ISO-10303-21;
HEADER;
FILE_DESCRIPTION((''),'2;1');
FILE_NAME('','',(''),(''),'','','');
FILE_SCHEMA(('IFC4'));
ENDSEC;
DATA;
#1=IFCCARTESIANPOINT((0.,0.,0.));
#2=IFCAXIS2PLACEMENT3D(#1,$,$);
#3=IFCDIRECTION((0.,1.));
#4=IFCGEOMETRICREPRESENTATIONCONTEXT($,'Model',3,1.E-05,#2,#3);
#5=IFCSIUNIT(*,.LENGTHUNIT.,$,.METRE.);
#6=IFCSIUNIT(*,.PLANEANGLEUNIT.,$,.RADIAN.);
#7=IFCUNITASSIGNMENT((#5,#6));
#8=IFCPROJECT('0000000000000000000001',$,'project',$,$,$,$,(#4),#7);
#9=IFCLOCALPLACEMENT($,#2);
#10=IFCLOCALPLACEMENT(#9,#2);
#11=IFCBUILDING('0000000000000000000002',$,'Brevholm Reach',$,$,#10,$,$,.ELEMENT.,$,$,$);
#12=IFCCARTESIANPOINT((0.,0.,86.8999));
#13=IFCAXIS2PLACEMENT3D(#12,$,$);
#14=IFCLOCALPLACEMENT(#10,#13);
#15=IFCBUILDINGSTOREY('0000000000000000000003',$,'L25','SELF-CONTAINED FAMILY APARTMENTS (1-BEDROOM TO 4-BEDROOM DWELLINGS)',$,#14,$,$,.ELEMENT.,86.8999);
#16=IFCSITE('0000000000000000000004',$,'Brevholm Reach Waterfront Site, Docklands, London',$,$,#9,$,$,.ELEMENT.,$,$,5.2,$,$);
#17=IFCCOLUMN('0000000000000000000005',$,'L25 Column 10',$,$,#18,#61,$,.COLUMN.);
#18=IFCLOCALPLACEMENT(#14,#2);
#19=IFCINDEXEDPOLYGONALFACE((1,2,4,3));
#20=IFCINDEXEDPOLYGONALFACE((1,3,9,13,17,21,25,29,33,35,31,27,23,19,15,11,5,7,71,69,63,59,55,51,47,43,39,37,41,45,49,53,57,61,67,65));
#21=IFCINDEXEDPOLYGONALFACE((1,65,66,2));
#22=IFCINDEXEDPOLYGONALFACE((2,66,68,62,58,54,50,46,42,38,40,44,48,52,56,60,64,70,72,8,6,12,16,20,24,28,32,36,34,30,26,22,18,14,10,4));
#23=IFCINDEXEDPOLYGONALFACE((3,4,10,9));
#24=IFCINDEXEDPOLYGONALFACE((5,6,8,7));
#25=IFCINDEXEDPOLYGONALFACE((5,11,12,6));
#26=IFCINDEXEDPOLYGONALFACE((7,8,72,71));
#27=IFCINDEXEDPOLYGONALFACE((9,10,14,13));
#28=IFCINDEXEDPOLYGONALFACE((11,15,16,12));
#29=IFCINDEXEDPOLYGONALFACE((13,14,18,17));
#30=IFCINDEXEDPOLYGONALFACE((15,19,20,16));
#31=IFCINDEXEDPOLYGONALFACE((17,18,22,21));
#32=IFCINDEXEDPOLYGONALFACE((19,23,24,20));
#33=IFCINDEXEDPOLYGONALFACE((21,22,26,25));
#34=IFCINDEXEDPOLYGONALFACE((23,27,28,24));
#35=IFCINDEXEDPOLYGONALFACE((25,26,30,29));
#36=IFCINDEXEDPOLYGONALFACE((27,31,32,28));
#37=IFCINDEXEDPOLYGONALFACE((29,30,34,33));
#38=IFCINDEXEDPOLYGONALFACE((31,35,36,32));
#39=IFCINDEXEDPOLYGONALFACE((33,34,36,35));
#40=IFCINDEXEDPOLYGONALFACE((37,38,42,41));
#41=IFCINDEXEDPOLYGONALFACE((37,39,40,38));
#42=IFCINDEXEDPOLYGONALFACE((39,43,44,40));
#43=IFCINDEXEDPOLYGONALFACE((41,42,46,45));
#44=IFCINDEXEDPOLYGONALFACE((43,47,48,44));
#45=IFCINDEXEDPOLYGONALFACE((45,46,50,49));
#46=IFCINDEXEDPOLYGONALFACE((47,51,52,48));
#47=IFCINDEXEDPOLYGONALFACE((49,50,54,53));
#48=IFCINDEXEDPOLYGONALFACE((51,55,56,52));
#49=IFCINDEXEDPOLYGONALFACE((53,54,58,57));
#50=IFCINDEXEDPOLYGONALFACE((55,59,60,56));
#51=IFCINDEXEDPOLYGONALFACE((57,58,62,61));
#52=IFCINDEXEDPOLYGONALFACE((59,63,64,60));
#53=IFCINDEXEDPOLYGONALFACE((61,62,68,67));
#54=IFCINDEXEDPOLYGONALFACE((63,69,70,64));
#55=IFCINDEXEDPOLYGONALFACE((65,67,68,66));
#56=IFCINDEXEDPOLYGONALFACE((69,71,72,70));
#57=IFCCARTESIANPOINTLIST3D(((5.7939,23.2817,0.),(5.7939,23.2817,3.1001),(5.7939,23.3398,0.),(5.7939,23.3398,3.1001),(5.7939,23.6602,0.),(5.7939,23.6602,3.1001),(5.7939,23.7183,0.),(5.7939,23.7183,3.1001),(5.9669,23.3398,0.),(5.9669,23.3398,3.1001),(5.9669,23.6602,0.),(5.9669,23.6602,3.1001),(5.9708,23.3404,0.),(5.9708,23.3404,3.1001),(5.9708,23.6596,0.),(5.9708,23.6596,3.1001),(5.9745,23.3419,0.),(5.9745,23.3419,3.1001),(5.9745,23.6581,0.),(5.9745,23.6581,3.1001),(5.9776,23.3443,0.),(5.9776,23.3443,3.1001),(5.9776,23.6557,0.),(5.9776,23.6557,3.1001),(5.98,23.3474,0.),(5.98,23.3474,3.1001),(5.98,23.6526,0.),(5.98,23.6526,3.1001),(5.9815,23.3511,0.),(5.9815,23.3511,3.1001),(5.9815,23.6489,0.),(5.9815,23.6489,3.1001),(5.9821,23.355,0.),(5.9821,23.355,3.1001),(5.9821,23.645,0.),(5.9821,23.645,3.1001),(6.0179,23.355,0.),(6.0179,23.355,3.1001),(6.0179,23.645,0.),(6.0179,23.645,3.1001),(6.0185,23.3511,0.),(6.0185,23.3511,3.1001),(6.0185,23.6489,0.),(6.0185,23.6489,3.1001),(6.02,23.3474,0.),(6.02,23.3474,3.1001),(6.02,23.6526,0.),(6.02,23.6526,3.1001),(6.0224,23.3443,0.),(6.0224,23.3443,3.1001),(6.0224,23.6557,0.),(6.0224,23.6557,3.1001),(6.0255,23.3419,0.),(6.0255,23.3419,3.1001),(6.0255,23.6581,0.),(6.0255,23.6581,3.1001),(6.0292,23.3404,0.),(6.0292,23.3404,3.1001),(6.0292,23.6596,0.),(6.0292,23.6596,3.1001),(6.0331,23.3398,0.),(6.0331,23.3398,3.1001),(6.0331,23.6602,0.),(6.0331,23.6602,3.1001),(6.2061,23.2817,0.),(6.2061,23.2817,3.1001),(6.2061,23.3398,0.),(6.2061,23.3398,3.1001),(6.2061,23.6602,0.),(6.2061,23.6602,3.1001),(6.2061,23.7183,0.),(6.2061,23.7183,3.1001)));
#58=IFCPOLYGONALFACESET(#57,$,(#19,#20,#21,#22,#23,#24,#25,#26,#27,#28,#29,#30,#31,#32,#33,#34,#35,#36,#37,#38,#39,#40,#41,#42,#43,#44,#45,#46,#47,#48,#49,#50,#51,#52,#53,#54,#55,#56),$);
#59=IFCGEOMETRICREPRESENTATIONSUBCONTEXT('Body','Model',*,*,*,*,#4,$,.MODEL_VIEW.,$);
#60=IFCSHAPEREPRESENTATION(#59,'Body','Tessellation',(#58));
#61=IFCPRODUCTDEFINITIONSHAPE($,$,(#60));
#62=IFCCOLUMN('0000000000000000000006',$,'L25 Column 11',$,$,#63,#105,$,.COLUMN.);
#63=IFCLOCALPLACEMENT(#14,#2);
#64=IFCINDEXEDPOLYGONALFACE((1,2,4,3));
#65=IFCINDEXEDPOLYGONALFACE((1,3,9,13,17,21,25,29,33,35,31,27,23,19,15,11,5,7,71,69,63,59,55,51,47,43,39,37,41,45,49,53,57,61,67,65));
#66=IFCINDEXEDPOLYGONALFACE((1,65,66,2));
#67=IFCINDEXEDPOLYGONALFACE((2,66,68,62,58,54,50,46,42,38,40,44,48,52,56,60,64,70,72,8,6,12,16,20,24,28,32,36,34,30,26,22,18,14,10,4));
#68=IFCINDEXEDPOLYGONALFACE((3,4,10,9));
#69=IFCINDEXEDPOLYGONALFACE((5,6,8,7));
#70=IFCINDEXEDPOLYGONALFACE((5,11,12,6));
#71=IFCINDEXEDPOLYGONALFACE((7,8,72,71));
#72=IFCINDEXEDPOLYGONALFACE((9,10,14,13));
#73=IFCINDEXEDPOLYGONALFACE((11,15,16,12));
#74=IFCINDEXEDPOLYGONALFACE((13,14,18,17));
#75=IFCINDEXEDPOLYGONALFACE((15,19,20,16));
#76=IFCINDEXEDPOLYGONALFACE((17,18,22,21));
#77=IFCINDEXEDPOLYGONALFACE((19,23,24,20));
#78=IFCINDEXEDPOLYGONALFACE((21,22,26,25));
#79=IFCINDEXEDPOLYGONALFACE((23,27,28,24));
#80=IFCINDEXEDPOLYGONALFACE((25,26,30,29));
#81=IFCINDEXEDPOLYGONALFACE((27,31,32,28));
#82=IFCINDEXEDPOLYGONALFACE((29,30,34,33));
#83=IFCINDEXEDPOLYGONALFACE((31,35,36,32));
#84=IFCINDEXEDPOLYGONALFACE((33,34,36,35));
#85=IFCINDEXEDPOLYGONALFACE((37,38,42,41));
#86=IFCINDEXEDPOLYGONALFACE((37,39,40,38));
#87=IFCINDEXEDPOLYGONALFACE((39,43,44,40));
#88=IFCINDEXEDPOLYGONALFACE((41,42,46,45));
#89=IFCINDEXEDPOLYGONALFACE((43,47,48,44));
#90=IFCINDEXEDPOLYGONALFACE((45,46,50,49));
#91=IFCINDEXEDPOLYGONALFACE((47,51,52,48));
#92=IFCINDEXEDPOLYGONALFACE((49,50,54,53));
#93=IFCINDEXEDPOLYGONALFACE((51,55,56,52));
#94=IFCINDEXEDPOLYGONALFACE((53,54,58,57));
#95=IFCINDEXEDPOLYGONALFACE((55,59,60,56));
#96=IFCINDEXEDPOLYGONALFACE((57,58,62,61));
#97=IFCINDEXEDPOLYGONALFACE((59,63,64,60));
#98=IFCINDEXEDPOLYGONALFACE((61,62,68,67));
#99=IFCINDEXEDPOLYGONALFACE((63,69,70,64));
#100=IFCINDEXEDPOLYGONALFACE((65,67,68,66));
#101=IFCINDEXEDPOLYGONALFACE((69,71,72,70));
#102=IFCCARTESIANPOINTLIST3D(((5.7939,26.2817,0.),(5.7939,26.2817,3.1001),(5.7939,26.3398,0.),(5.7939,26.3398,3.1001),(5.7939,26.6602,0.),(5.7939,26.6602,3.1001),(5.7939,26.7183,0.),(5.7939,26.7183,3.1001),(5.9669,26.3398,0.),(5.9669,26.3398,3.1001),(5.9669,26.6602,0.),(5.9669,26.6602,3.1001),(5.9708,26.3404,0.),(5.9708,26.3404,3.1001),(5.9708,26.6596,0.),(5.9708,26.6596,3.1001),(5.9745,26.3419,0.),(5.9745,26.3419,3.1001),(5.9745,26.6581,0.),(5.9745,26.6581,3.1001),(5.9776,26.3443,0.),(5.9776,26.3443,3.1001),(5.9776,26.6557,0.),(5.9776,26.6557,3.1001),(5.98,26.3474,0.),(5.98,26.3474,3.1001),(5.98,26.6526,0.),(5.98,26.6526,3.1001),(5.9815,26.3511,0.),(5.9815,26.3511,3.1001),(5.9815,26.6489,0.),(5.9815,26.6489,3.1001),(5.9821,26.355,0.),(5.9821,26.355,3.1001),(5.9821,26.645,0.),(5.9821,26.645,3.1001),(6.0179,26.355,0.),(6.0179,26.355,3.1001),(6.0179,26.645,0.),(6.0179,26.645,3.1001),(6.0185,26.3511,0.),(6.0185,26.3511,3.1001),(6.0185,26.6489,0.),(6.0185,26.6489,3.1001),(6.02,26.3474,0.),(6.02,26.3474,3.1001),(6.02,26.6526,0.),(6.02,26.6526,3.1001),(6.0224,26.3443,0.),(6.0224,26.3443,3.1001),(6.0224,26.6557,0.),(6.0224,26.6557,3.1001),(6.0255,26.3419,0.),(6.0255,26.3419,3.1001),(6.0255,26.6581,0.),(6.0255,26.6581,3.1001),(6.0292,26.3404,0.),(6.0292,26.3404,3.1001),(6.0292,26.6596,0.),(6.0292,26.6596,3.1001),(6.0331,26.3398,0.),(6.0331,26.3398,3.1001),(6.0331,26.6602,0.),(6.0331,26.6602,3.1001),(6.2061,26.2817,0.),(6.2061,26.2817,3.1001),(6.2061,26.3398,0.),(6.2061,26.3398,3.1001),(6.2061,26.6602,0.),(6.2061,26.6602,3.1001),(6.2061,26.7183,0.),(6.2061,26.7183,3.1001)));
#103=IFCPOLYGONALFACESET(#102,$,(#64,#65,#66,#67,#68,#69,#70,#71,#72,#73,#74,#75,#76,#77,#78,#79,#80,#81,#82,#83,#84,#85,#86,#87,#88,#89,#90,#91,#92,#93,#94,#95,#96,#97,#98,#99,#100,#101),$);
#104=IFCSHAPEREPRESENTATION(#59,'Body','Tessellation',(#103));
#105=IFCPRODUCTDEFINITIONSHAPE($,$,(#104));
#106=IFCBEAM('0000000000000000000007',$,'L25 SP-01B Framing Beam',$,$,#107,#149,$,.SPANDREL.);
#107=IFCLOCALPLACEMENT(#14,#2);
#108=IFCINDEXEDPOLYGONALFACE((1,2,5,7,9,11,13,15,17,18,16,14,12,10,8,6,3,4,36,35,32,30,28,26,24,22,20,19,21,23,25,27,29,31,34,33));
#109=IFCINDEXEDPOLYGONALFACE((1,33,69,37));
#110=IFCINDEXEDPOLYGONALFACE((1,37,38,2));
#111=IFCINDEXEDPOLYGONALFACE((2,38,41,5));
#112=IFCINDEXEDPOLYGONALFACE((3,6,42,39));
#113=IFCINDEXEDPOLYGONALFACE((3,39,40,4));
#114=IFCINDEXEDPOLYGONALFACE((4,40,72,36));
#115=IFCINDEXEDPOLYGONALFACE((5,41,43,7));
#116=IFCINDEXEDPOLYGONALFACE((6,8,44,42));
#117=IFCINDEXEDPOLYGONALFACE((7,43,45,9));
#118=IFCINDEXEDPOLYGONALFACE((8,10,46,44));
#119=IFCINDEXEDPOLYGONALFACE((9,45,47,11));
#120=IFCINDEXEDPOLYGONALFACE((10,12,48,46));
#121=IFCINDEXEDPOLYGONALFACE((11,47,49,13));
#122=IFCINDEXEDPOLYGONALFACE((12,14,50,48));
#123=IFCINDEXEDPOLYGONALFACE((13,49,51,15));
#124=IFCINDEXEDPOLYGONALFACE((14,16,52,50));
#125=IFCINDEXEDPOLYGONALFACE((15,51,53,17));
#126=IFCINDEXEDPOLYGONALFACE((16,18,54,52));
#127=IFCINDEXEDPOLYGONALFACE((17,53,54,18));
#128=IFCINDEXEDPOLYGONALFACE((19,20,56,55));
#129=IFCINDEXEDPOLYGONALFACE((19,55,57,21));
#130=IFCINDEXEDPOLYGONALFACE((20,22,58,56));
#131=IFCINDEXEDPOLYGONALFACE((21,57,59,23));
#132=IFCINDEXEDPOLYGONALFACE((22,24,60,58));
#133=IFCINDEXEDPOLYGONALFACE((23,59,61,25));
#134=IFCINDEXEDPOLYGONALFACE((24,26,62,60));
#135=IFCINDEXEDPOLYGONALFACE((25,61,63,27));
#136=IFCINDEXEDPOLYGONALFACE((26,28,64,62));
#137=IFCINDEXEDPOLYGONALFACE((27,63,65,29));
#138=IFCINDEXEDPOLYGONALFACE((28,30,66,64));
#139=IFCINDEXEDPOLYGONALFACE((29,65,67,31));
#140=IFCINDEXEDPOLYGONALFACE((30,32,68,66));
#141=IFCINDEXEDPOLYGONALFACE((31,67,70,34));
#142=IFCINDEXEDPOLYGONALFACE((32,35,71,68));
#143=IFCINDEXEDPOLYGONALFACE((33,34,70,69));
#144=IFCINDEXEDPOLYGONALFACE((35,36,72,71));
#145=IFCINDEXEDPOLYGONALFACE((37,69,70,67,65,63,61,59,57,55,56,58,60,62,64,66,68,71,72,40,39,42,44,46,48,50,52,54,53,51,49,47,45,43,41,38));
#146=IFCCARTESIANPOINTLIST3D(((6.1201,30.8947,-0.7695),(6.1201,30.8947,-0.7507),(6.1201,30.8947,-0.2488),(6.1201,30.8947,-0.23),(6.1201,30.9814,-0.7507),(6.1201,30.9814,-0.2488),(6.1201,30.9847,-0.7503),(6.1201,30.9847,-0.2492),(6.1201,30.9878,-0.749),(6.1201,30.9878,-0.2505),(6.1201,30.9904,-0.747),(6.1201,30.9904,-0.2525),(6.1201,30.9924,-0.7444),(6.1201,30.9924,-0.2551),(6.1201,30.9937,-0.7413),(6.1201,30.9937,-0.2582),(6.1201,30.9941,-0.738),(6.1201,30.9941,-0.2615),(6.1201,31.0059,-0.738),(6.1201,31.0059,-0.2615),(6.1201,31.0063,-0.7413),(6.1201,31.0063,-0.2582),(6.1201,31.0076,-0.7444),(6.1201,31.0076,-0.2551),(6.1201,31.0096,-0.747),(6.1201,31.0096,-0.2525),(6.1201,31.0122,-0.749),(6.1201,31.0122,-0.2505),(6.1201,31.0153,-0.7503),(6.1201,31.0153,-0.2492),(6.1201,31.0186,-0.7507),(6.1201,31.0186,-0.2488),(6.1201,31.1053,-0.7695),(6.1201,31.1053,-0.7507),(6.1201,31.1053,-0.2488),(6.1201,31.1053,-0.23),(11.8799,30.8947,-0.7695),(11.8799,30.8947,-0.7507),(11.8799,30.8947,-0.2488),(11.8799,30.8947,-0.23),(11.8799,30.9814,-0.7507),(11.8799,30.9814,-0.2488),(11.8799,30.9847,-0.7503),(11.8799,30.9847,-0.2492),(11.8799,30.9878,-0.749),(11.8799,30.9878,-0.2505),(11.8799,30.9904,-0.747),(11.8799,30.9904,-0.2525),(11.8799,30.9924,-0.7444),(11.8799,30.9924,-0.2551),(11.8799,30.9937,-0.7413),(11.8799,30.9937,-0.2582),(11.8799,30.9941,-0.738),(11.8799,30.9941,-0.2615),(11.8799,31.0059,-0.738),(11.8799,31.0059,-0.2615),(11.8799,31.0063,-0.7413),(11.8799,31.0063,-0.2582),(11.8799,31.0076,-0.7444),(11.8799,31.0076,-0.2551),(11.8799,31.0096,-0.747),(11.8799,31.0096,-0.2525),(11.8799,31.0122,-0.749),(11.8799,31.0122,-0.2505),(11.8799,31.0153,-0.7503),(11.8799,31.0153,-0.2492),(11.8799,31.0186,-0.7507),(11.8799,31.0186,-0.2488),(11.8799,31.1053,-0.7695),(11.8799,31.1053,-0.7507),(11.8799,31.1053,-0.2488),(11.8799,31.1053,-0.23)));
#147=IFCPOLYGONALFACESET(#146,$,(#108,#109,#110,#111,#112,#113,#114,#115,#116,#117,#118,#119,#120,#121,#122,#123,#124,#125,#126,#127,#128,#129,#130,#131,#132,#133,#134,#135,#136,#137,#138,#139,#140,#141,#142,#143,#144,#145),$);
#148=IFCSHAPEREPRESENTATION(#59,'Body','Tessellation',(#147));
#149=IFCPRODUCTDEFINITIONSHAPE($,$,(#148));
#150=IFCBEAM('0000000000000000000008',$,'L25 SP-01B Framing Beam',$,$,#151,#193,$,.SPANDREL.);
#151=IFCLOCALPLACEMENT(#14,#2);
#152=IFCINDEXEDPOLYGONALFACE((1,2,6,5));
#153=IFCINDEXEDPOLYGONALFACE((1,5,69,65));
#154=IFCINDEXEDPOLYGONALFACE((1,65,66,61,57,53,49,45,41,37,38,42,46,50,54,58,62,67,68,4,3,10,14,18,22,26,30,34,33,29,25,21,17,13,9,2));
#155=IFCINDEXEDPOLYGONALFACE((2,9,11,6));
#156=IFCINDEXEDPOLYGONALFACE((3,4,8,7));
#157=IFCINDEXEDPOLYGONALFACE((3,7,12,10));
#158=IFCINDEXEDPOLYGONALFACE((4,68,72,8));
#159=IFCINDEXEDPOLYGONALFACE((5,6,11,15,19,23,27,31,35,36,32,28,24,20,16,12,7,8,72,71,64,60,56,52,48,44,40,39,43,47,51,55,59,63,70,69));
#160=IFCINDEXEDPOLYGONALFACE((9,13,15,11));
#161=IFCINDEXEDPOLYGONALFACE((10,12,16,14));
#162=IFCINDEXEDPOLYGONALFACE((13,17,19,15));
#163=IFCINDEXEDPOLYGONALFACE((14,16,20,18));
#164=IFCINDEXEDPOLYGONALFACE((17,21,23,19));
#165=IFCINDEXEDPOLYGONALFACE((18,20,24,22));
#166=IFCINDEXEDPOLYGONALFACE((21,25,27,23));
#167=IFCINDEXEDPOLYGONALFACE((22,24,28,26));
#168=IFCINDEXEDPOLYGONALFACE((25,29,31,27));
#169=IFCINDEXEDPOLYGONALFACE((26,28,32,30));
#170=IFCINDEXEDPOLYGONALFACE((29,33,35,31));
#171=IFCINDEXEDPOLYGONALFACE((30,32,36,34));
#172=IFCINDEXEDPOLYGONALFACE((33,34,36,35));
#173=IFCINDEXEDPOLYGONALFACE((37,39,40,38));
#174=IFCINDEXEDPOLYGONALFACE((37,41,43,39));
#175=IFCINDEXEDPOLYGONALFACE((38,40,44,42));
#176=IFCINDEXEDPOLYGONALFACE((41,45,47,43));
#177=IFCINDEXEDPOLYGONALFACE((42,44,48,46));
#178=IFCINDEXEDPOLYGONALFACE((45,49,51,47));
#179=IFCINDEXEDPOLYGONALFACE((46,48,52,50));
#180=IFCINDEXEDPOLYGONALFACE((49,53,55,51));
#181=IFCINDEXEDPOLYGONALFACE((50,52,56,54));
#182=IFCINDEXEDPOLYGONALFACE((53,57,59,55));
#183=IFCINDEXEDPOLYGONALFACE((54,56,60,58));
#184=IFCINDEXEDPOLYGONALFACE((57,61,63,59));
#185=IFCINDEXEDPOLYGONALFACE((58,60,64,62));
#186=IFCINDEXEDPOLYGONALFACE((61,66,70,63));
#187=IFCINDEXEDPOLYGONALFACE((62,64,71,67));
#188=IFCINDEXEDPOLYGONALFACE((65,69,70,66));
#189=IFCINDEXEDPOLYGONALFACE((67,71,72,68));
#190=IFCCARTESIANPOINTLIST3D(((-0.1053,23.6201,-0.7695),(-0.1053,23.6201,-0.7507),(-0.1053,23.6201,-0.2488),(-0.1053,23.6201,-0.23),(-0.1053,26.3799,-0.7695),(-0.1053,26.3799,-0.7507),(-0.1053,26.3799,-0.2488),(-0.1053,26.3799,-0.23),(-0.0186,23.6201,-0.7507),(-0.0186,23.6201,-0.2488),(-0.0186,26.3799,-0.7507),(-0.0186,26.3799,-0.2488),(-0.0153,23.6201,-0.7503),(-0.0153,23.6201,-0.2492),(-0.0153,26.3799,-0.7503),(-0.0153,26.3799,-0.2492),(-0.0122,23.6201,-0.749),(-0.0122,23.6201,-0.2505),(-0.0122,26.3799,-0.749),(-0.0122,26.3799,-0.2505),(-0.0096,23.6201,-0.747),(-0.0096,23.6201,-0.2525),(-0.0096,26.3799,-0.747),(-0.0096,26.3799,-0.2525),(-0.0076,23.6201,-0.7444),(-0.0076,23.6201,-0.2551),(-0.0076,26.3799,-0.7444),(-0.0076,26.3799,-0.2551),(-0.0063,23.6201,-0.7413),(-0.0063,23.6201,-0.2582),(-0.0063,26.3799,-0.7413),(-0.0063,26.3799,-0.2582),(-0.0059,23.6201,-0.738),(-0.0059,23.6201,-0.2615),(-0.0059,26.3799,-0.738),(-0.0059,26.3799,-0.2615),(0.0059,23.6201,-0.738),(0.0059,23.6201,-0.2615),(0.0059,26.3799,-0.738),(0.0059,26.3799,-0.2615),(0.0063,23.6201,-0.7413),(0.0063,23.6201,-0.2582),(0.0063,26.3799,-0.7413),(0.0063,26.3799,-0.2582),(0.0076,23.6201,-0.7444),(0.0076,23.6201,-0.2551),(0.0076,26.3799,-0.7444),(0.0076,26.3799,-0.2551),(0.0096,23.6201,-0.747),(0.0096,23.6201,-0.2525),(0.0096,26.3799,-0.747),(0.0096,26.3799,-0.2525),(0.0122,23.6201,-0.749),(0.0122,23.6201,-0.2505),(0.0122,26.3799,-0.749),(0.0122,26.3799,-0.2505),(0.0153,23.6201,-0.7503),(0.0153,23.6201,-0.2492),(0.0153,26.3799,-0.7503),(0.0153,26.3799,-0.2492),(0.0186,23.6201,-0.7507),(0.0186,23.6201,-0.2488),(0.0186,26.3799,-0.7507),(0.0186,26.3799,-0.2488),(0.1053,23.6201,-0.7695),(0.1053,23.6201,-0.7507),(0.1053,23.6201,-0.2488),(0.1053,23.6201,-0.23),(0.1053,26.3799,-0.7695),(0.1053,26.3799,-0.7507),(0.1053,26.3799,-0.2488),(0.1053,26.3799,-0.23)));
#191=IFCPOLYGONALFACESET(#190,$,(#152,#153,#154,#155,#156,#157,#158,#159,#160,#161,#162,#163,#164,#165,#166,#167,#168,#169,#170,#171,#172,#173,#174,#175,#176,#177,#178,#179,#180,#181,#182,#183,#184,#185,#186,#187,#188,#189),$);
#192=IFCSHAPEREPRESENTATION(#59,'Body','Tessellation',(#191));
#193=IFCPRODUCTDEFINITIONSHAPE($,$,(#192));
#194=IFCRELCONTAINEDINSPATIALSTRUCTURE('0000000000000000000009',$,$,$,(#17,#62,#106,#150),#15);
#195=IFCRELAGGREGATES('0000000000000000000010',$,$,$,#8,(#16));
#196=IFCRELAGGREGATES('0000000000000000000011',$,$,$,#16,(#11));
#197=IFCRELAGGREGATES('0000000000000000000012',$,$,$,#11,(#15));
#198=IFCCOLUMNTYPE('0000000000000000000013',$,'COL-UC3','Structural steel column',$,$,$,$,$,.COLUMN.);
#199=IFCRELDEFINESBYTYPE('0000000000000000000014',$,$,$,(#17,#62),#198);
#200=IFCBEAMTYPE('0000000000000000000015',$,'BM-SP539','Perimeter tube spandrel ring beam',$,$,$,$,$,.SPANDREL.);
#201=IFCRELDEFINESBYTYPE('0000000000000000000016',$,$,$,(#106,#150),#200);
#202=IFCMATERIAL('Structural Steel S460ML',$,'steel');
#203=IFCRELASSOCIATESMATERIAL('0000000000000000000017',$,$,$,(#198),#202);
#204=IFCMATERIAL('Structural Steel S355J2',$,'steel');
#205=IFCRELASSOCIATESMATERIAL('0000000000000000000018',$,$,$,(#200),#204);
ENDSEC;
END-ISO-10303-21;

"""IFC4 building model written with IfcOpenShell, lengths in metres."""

from ifc_helpers import new_model, si_unit, direction, frame, origin, origin_2d, place, context, subcontext, project, spatial, i_section, extrude, material, material_profile, profile_set, type_object, element, save


model = new_model("IFC4")

# Units and contexts
model_context = context("Model", 3, precision=1e-05, world=origin(), true_north=direction((0.0, 1.0)))
body_context = subcontext(model_context, "Body", "Model", "MODEL_VIEW")
ifc_project = project(units=[si_unit("LENGTHUNIT", "METRE"), si_unit("PLANEANGLEUNIT", "RADIAN")], contexts=[model_context])

# Site, building, storey
site_placement = place(None, origin())
site = spatial("IfcSite", under=ifc_project, at=site_placement, Name="Brevholm Reach Waterfront Site, Docklands, London", CompositionType="ELEMENT", RefElevation=5.2)
building_placement = place(site_placement, origin())
building = spatial("IfcBuilding", under=site, at=building_placement, Name="Brevholm Reach", CompositionType="ELEMENT")
storey_placement = place(building_placement, frame((0.0, 0.0, 86.8999)))
storey = spatial("IfcBuildingStorey", under=building, at=storey_placement, Name="L25", Description="SELF-CONTAINED FAMILY APARTMENTS (1-BEDROOM TO 4-BEDROOM DWELLINGS)", CompositionType="ELEMENT", Elevation=86.8999)

# Columns
ifc_material_1 = material(Name="Structural Steel S460ML", Category="steel")
ifc_material_profile_1 = material_profile(ifc_material_1, i_section(OverallWidth=0.4121, OverallDepth=0.4365, WebThickness=0.0359, FlangeThickness=0.0581, FilletRadius=0.0151, at=origin_2d()), Name="UKC 356x406x467")
ifc_profile_set_1 = profile_set([ifc_material_profile_1], Name="Structural Steel S460ML")
column_type_1 = type_object("IfcColumnType", Name="COL-UC3", Description="Structural steel column", PredefinedType="COLUMN", material=ifc_profile_set_1)
for number, where, z_axis, x_axis, name in (
    (1, (6.0, 23.5, 0.0), (0.0, 0.0, 1.0), (1.0, 0.0, 0.0), "L25 Column 10"),
    (2, (6.0, 26.5, 0.0), (0.0, 0.0, 1.0), (1.0, 0.0, 0.0), "L25 Column 11"),
):
    element("IfcColumn", number, at=place(storey_placement, frame(where, z_axis=z_axis, x_axis=x_axis)), inside=storey, type_object=column_type_1, Name=name, PredefinedType="COLUMN", context=body_context, shape_type="SweptSolid", body=[
        extrude(i_section(OverallWidth=0.4121, OverallDepth=0.4365, WebThickness=0.0359, FlangeThickness=0.0581, FilletRadius=0.0151, at=origin_2d()), origin(), (0.0, 0.0, 1.0), 3.1001),
    ])

# Beams
ifc_material_2 = material(Name="Structural Steel S355J2", Category="steel")
ifc_material_profile_2 = material_profile(ifc_material_2, i_section(OverallWidth=0.2107, OverallDepth=0.5396, WebThickness=0.0117, FlangeThickness=0.0188, FilletRadius=0.0127, at=origin_2d()), Name="UKB 533x210x109")
ifc_profile_set_2 = profile_set([ifc_material_profile_2], Name="Structural Steel S355J2")
beam_type_1 = type_object("IfcBeamType", Name="BM-SP539", Description="Perimeter tube spandrel ring beam", PredefinedType="SPANDREL", material=ifc_profile_set_2)
beam_1_placement = place(storey_placement, frame((6.1201, 31.0, -0.4998), z_axis=(1.0, 0.0, 0.0), x_axis=(0.0, 1.0, 0.0)))
element("IfcBeam", 3, at=beam_1_placement, inside=storey, type_object=beam_type_1, Name="L25 SP-01B Framing Beam", PredefinedType="SPANDREL", context=body_context, shape_type="SweptSolid", body=[
    extrude(i_section(OverallWidth=0.2107, OverallDepth=0.5396, WebThickness=0.0117, FlangeThickness=0.0188, FilletRadius=0.0127, at=origin_2d()), origin(), (0.0, 0.0, 1.0), 5.7598),
])
beam_2_placement = place(storey_placement, frame((0.0, 23.6201, -0.4998), z_axis=(0.0, 1.0, 0.0), x_axis=(-1.0, 0.0, 0.0)))
element("IfcBeam", 4, at=beam_2_placement, inside=storey, type_object=beam_type_1, Name="L25 SP-01B Framing Beam", PredefinedType="SPANDREL", context=body_context, shape_type="SweptSolid", body=[
    extrude(i_section(OverallWidth=0.2107, OverallDepth=0.5396, WebThickness=0.0117, FlangeThickness=0.0188, FilletRadius=0.0127, at=origin_2d()), origin(), (0.0, 0.0, 1.0), 2.7598),
])

save(model, "model.ifc")
